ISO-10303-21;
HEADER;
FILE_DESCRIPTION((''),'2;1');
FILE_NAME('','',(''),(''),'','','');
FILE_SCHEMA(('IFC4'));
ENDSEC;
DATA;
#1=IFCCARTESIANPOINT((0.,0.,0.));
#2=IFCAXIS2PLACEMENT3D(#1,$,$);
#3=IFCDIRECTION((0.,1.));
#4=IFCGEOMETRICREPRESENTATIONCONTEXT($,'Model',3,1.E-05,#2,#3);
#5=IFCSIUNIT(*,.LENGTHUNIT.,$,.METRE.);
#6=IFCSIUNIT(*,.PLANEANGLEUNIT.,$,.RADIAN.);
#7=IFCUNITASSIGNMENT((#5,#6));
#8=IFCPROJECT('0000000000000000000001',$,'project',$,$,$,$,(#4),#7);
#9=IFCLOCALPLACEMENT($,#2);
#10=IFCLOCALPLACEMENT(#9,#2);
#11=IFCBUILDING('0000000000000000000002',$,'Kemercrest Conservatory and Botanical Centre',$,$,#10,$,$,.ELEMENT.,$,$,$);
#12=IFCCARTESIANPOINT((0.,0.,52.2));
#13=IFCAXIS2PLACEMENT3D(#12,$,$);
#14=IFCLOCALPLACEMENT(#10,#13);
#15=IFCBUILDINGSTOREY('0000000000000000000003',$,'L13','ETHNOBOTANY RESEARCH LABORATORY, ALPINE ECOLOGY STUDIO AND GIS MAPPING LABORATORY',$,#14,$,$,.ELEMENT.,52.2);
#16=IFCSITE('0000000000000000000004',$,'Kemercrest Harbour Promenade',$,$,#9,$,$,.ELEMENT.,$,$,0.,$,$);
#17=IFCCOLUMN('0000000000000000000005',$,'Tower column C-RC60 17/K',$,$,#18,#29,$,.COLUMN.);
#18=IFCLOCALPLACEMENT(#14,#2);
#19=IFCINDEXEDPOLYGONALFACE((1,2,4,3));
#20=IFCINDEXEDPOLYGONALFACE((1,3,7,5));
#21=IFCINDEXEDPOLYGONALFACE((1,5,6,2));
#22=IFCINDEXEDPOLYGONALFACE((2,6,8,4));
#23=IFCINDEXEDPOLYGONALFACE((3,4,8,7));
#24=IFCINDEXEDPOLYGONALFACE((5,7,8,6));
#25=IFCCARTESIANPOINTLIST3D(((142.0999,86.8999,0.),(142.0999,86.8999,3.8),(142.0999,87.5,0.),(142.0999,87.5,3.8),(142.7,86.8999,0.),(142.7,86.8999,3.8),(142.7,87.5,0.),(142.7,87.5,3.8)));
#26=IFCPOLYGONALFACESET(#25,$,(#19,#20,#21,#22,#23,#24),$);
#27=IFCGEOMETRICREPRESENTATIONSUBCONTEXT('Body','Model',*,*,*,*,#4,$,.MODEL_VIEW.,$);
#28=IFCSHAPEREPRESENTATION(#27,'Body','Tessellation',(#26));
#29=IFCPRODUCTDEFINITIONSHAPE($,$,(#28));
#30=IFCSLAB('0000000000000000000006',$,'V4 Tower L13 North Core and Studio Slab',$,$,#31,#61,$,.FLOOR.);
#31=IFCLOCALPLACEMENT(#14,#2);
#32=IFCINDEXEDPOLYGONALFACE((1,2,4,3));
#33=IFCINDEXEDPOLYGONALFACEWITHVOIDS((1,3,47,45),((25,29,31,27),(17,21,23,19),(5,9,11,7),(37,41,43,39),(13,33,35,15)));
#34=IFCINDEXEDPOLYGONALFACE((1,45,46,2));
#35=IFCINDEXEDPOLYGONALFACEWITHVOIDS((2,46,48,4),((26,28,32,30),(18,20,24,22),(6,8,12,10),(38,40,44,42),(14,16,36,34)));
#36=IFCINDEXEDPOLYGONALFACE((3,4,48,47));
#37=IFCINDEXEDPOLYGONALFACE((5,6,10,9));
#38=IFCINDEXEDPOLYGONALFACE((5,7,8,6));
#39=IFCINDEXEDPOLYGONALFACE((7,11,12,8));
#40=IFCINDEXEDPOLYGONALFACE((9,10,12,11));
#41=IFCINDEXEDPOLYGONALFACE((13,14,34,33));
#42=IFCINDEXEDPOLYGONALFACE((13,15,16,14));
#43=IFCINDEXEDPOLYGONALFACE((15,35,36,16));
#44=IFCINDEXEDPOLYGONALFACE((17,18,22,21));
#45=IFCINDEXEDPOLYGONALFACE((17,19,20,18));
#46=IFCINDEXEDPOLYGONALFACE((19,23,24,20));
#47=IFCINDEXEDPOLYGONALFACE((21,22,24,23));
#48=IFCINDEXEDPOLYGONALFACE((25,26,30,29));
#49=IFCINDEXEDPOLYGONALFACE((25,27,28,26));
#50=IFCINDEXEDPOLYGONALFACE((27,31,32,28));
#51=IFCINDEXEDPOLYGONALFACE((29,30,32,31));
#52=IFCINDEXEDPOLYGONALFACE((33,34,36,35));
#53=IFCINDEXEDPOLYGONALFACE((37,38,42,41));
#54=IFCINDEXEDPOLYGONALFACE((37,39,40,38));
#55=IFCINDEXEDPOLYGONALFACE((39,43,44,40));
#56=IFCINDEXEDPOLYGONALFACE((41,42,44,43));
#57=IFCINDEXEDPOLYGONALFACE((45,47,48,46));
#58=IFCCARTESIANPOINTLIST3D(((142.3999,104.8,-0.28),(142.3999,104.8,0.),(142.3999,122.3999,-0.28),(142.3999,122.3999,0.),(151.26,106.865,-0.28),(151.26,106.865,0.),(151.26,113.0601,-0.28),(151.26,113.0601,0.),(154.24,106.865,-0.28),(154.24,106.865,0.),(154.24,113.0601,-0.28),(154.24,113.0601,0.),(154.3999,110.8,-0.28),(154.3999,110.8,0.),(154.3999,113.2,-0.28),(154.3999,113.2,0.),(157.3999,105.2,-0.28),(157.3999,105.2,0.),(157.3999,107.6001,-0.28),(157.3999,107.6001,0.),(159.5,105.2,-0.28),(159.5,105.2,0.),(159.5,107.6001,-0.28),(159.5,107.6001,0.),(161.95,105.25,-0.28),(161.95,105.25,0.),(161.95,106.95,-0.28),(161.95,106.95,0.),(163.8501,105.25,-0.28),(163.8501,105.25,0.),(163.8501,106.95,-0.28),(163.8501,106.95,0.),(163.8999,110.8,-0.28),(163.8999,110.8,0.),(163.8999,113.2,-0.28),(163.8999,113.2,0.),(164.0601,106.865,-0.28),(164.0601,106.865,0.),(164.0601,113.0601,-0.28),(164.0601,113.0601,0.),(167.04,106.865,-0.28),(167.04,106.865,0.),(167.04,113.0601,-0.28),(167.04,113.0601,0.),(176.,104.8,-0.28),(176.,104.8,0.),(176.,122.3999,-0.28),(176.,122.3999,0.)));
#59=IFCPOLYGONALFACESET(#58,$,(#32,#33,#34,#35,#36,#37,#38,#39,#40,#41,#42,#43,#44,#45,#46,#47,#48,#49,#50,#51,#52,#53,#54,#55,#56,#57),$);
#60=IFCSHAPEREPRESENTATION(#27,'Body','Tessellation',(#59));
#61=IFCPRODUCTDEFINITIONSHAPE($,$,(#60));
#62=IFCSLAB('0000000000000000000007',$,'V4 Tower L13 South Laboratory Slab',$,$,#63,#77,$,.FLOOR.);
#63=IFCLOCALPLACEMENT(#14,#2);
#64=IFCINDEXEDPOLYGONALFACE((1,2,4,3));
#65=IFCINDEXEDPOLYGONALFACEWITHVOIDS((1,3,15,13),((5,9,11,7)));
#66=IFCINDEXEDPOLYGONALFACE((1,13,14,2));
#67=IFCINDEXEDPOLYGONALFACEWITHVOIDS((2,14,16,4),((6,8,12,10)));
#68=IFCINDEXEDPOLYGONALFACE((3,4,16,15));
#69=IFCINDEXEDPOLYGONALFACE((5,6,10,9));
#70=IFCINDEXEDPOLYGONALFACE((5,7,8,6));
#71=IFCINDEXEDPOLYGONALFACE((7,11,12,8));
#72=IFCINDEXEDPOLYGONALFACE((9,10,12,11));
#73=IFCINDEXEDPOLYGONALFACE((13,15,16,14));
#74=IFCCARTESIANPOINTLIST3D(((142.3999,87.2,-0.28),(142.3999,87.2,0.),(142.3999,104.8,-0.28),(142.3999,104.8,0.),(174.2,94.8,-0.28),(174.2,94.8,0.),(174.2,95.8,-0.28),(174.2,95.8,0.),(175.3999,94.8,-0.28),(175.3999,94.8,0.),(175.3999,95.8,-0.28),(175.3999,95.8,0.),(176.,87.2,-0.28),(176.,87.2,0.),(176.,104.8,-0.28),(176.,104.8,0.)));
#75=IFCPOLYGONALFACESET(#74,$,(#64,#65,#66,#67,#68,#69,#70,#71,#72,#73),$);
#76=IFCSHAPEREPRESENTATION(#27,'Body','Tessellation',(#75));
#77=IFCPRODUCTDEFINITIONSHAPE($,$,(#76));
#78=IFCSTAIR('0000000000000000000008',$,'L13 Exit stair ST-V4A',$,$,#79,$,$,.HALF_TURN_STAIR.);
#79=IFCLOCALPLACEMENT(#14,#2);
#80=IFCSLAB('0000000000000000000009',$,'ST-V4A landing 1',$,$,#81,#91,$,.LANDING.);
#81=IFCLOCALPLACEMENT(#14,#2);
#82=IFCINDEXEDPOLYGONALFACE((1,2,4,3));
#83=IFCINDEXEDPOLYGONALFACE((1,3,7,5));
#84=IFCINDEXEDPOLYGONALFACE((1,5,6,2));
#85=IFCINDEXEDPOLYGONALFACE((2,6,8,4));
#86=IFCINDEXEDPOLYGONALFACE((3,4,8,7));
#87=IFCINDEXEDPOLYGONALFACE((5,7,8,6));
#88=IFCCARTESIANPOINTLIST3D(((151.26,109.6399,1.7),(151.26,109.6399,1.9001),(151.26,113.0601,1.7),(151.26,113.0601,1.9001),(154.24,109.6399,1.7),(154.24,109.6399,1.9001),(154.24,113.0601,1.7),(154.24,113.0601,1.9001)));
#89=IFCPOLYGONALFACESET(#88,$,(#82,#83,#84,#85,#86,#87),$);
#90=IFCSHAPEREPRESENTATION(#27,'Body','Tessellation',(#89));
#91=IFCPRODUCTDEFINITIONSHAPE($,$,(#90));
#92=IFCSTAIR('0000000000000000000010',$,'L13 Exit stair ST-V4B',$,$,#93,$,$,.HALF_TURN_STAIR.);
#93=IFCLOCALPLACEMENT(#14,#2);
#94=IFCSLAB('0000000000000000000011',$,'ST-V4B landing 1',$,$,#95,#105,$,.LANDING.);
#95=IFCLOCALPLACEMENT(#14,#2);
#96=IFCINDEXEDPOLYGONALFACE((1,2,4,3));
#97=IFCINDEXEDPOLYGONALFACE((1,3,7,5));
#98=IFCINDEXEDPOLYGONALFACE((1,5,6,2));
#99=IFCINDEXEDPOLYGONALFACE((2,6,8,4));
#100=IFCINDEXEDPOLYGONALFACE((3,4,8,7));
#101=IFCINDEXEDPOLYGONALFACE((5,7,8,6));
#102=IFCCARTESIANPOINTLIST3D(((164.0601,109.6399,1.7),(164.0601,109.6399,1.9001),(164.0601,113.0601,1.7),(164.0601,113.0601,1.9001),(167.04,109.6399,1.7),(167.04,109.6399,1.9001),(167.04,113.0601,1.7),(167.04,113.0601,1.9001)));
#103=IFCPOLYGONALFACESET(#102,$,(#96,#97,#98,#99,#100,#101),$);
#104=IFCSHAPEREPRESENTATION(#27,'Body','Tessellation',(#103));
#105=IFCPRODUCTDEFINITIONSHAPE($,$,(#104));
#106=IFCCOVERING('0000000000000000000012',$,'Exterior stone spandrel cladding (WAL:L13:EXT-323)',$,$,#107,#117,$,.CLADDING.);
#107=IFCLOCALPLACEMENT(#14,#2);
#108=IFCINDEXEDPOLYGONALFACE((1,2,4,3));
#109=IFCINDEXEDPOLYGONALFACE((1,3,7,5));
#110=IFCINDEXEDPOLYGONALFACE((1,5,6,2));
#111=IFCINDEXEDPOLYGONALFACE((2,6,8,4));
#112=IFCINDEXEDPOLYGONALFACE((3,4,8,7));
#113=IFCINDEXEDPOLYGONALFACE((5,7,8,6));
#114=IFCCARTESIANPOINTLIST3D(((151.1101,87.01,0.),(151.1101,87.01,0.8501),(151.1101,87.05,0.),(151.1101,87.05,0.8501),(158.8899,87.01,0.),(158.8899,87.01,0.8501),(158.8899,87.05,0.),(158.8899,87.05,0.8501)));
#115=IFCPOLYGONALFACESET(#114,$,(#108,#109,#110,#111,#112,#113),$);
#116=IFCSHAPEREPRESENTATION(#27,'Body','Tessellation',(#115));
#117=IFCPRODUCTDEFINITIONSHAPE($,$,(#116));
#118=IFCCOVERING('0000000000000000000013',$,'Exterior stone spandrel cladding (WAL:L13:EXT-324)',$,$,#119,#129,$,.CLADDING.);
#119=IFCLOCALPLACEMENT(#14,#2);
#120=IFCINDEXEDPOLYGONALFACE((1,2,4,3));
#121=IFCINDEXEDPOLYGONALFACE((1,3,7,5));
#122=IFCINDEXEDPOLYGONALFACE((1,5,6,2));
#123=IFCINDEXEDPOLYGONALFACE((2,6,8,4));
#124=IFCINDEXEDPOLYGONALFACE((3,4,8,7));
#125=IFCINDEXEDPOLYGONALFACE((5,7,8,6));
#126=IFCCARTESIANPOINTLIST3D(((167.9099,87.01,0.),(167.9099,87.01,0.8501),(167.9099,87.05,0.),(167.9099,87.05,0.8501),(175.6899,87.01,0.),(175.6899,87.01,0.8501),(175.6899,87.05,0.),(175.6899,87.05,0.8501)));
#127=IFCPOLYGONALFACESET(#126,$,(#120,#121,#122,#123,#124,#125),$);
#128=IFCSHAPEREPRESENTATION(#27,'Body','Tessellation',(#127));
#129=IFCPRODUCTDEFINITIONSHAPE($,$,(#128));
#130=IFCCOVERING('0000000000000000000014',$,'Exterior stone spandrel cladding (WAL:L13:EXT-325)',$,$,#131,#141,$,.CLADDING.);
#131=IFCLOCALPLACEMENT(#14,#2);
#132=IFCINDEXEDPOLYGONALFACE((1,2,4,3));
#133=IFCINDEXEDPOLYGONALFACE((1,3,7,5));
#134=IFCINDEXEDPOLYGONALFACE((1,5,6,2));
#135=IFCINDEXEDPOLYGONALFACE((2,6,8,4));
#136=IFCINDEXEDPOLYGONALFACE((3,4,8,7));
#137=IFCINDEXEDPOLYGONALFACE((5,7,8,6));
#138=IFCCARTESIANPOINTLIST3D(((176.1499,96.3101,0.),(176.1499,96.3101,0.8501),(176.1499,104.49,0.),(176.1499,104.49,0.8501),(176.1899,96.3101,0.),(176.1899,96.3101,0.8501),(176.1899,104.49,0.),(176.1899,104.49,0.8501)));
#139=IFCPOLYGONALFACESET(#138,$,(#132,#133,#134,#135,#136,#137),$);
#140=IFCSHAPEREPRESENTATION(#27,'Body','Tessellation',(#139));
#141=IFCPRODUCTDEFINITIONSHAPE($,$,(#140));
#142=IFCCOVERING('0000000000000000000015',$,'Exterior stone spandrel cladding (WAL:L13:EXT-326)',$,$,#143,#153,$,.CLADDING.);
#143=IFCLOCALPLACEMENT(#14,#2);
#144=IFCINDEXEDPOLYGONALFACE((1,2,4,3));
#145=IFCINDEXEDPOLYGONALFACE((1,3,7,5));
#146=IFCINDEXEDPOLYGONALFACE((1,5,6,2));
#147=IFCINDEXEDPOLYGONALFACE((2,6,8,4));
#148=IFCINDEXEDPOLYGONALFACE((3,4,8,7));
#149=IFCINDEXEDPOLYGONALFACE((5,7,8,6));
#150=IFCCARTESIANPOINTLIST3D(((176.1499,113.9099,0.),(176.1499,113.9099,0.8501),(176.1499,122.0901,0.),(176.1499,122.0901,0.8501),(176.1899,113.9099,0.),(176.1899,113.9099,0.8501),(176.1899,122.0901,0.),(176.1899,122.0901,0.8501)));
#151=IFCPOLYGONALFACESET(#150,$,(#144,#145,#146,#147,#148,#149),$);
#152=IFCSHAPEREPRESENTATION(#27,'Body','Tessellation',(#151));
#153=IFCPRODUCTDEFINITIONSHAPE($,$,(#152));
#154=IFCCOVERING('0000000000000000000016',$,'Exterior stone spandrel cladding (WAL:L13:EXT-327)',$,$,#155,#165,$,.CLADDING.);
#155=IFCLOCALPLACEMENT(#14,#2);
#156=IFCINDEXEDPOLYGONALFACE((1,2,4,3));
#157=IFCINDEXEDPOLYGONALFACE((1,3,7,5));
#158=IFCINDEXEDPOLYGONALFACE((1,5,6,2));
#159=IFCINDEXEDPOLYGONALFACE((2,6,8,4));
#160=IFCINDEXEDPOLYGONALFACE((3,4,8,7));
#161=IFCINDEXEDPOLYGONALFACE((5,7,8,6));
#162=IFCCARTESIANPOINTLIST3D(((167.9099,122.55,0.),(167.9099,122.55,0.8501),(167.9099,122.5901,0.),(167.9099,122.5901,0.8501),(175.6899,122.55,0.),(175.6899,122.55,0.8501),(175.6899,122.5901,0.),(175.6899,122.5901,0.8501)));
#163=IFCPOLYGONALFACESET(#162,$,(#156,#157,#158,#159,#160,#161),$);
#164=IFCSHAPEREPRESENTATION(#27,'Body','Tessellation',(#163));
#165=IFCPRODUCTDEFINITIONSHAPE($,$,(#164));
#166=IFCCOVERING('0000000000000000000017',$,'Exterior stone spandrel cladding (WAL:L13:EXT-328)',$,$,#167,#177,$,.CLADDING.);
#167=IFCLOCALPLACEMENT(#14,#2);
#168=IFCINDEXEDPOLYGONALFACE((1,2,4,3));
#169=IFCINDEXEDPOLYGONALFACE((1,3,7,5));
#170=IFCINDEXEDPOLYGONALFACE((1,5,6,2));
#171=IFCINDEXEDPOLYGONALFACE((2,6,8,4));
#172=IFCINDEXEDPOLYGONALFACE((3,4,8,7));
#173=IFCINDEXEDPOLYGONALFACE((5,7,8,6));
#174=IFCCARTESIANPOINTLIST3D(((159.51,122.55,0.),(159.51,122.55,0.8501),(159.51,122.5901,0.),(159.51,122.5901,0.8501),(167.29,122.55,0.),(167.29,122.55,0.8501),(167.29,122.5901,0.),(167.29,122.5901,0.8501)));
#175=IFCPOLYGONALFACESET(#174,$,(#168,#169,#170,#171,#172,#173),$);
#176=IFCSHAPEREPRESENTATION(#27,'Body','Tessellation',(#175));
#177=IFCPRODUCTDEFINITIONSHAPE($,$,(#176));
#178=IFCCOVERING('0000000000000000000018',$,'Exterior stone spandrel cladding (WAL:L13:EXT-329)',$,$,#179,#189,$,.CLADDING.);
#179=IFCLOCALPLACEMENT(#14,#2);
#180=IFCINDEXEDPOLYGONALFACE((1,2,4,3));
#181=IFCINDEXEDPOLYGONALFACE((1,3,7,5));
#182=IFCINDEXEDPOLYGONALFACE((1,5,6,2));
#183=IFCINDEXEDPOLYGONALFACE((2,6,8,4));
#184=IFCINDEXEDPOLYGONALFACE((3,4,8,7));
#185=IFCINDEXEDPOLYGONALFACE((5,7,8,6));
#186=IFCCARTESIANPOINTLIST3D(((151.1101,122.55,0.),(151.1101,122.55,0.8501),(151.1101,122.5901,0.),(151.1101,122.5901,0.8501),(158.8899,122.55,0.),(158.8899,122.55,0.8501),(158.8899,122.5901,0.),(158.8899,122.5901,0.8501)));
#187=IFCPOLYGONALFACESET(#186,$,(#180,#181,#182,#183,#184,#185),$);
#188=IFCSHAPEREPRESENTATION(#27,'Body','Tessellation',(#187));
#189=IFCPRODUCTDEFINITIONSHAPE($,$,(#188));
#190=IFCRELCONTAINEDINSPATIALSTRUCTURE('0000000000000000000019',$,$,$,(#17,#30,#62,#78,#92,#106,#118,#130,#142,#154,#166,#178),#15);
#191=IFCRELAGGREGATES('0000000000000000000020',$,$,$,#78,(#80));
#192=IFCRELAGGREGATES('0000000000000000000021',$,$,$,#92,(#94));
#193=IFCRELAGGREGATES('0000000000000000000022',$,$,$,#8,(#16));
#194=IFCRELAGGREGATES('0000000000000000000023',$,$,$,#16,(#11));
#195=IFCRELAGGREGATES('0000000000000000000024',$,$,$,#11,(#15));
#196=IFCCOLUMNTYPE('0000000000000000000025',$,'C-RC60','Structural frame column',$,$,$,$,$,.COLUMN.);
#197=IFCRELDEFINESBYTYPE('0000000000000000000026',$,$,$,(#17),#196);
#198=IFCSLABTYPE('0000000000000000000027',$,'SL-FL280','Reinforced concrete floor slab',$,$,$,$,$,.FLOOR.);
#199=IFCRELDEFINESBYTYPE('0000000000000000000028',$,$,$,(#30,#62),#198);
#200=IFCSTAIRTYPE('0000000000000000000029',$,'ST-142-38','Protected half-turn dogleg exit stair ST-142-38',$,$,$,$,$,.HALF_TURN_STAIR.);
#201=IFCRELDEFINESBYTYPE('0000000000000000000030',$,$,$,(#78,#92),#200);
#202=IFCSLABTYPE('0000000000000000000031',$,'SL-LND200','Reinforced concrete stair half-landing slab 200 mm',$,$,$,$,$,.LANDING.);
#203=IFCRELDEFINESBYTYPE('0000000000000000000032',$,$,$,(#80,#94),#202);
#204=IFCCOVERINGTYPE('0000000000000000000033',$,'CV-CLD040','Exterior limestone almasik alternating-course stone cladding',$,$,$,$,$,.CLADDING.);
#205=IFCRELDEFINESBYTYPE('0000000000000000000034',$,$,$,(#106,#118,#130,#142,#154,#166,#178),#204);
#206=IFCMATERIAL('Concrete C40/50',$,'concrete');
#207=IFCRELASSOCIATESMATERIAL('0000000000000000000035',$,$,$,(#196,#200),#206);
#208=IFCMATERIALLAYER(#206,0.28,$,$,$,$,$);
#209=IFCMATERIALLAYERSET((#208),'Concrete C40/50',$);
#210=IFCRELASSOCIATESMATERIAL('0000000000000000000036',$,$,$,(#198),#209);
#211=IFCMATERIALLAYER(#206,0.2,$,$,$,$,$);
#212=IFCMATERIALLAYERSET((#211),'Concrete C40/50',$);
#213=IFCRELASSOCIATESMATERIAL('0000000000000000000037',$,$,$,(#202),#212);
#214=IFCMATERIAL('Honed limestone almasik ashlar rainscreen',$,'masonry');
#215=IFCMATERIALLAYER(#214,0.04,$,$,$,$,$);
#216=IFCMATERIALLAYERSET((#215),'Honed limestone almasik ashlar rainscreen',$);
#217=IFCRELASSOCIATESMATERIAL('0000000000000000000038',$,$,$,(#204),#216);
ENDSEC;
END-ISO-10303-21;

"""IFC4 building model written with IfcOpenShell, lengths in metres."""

from ifc_helpers import new_model, si_unit, direction, frame, origin, origin_2d, place, context, subcontext, project, spatial, polyline, rectangle, outline, extrude, material, layer, layer_set, material_profile, profile_set, type_object, element, aggregate, save


model = new_model("IFC4")

# Units and contexts
model_context = context("Model", 3, precision=1e-05, world=origin(), true_north=direction((0.0, 1.0)))
body_context = subcontext(model_context, "Body", "Model", "MODEL_VIEW")
ifc_project = project(units=[si_unit("LENGTHUNIT", "METRE"), si_unit("PLANEANGLEUNIT", "RADIAN")], contexts=[model_context])

# Site, building, storey
site_placement = place(None, origin())
site = spatial("IfcSite", under=ifc_project, at=site_placement, Name="Kemercrest Harbour Promenade", CompositionType="ELEMENT", RefElevation=0.0)
building_placement = place(site_placement, origin())
building = spatial("IfcBuilding", under=site, at=building_placement, Name="Kemercrest Conservatory and Botanical Centre", CompositionType="ELEMENT")
storey_placement = place(building_placement, frame((0.0, 0.0, 52.2)))
storey = spatial("IfcBuildingStorey", under=building, at=storey_placement, Name="L13", Description="ETHNOBOTANY RESEARCH LABORATORY, ALPINE ECOLOGY STUDIO AND GIS MAPPING LABORATORY", CompositionType="ELEMENT", Elevation=52.2)

# Column
ifc_material_1 = material(Name="Concrete C40/50", Category="concrete")
ifc_material_profile = material_profile(ifc_material_1, rectangle(XDim=0.6001, YDim=0.6001, at=origin_2d()), Name="RC 600x600")
ifc_profile_set = profile_set([ifc_material_profile], Name="Concrete C40/50")
column_type = type_object("IfcColumnType", Name="C-RC60", Description="Structural frame column", PredefinedType="COLUMN", material=ifc_profile_set)
column_placement = place(storey_placement, frame((142.3999, 87.2, 0.0), z_axis=(0.0, 0.0, 1.0), x_axis=(1.0, 0.0, 0.0)))
element("IfcColumn", 1, at=column_placement, inside=storey, type_object=column_type, Name="Tower column C-RC60 17/K", PredefinedType="COLUMN", context=body_context, shape_type="SweptSolid", body=[
    extrude(rectangle(XDim=0.6001, YDim=0.6001, at=origin_2d()), origin(), (0.0, 0.0, 1.0), 3.8),
])

# Slabs
ifc_layer_1 = layer(ifc_material_1, 0.28)
ifc_layer_set_1 = layer_set([ifc_layer_1], Name="Concrete C40/50")
slab_type_1 = type_object("IfcSlabType", Name="SL-FL280", Description="Reinforced concrete floor slab", PredefinedType="FLOOR", material=ifc_layer_set_1)
slab_1_placement = place(storey_placement, frame((0.0, 0.0, -0.28)))
element("IfcSlab", 2, at=slab_1_placement, inside=storey, type_object=slab_type_1, Name="V4 Tower L13 North Core and Studio Slab", PredefinedType="FLOOR", context=body_context, shape_type="SweptSolid", body=[
    extrude(outline(polyline([(142.3999, 122.3999), (142.3999, 104.8), (176.0, 104.8), (176.0, 122.3999), (142.3999, 122.3999)]), holes=[polyline([(164.0601, 106.865), (164.0601, 113.0601), (167.04, 113.0601), (167.04, 106.865), (164.0601, 106.865)]), polyline([(154.3999, 110.8), (154.3999, 113.2), (163.8999, 113.2), (163.8999, 110.8), (154.3999, 110.8)]), polyline([(161.95, 105.25), (161.95, 106.95), (163.8501, 106.95), (163.8501, 105.25), (161.95, 105.25)]), polyline([(157.3999, 105.2), (157.3999, 107.6001), (159.5, 107.6001), (159.5, 105.2), (157.3999, 105.2)]), polyline([(154.24, 106.865), (151.26, 106.865), (151.26, 113.0601), (154.24, 113.0601), (154.24, 106.865)])]), origin(), (0.0, 0.0, 1.0), 0.28),
])
slab_2_placement = place(storey_placement, frame((0.0, 0.0, -0.28)))
element("IfcSlab", 3, at=slab_2_placement, inside=storey, type_object=slab_type_1, Name="V4 Tower L13 South Laboratory Slab", PredefinedType="FLOOR", context=body_context, shape_type="SweptSolid", body=[
    extrude(outline(polyline([(142.3999, 104.8), (142.3999, 87.2), (176.0, 87.2), (176.0, 104.8), (142.3999, 104.8)]), holes=[polyline([(175.3999, 94.8), (174.2, 94.8), (174.2, 95.8), (175.3999, 95.8), (175.3999, 94.8)])]), origin(), (0.0, 0.0, 1.0), 0.28),
])

# Stairs, slabs
stair_type = type_object("IfcStairType", Name="ST-142-38", Description="Protected half-turn dogleg exit stair ST-142-38", PredefinedType="HALF_TURN_STAIR", material=ifc_material_1)
stair_1_placement = place(storey_placement, origin())
stair_1 = element("IfcStair", 4, at=stair_1_placement, inside=storey, type_object=stair_type, Name="L13 Exit stair ST-V4A", PredefinedType="HALF_TURN_STAIR")
ifc_layer_2 = layer(ifc_material_1, 0.2)
ifc_layer_set_2 = layer_set([ifc_layer_2], Name="Concrete C40/50")
slab_type_2 = type_object("IfcSlabType", Name="SL-LND200", Description="Reinforced concrete stair half-landing slab 200 mm", PredefinedType="LANDING", material=ifc_layer_set_2)
slab_3_placement = place(storey_placement, frame((0.0, 0.0, 1.7)))
slab_3 = element("IfcSlab", 5, at=slab_3_placement, type_object=slab_type_2, Name="ST-V4A landing 1", PredefinedType="LANDING", context=body_context, shape_type="SweptSolid", body=[
    extrude(outline(polyline([(154.24, 109.6399), (154.24, 113.0601), (151.26, 113.0601), (151.26, 109.6399), (154.24, 109.6399)])), origin(), (0.0, 0.0, 1.0), 0.2002),
])
aggregate(stair_1, [slab_3])
stair_2_placement = place(storey_placement, origin())
stair_2 = element("IfcStair", 6, at=stair_2_placement, inside=storey, type_object=stair_type, Name="L13 Exit stair ST-V4B", PredefinedType="HALF_TURN_STAIR")
slab_4_placement = place(storey_placement, frame((0.0, 0.0, 1.7)))
slab_4 = element("IfcSlab", 7, at=slab_4_placement, type_object=slab_type_2, Name="ST-V4B landing 1", PredefinedType="LANDING", context=body_context, shape_type="SweptSolid", body=[
    extrude(outline(polyline([(167.04, 109.6399), (167.04, 113.0601), (164.0601, 113.0601), (164.0601, 109.6399), (167.04, 109.6399)])), origin(), (0.0, 0.0, 1.0), 0.2002),
])
aggregate(stair_2, [slab_4])

# Coverings
ifc_material_2 = material(Name="Honed limestone almasik ashlar rainscreen", Category="masonry")
ifc_layer_3 = layer(ifc_material_2, 0.04)
ifc_layer_set_3 = layer_set([ifc_layer_3], Name="Honed limestone almasik ashlar rainscreen")
covering_type_1 = type_object("IfcCoveringType", Name="CV-CLD040", Description="Exterior limestone almasik alternating-course stone cladding", PredefinedType="CLADDING", material=ifc_layer_set_3)
covering_1_placement = place(storey_placement, origin())
element("IfcCovering", 8, at=covering_1_placement, inside=storey, type_object=covering_type_1, Name="Exterior stone spandrel cladding (WAL:L13:EXT-323)", PredefinedType="CLADDING", context=body_context, shape_type="SweptSolid", body=[
    extrude(outline(polyline([(151.1101, 87.05), (151.1101, 87.01), (158.8899, 87.01), (158.8899, 87.05), (151.1101, 87.05)])), origin(), (0.0, 0.0, 1.0), 0.8501),
])
covering_2_placement = place(storey_placement, origin())
element("IfcCovering", 9, at=covering_2_placement, inside=storey, type_object=covering_type_1, Name="Exterior stone spandrel cladding (WAL:L13:EXT-324)", PredefinedType="CLADDING", context=body_context, shape_type="SweptSolid", body=[
    extrude(outline(polyline([(167.9099, 87.05), (167.9099, 87.01), (175.6899, 87.01), (175.6899, 87.05), (167.9099, 87.05)])), origin(), (0.0, 0.0, 1.0), 0.8501),
])
covering_3_placement = place(storey_placement, origin())
element("IfcCovering", 10, at=covering_3_placement, inside=storey, type_object=covering_type_1, Name="Exterior stone spandrel cladding (WAL:L13:EXT-325)", PredefinedType="CLADDING", context=body_context, shape_type="SweptSolid", body=[
    extrude(outline(polyline([(176.1499, 96.3101), (176.1899, 96.3101), (176.1899, 104.49), (176.1499, 104.49), (176.1499, 96.3101)])), origin(), (0.0, 0.0, 1.0), 0.8501),
])
covering_4_placement = place(storey_placement, origin())
element("IfcCovering", 11, at=covering_4_placement, inside=storey, type_object=covering_type_1, Name="Exterior stone spandrel cladding (WAL:L13:EXT-326)", PredefinedType="CLADDING", context=body_context, shape_type="SweptSolid", body=[
    extrude(outline(polyline([(176.1499, 113.9099), (176.1899, 113.9099), (176.1899, 122.0901), (176.1499, 122.0901), (176.1499, 113.9099)])), origin(), (0.0, 0.0, 1.0), 0.8501),
])
covering_5_placement = place(storey_placement, origin())
element("IfcCovering", 12, at=covering_5_placement, inside=storey, type_object=covering_type_1, Name="Exterior stone spandrel cladding (WAL:L13:EXT-327)", PredefinedType="CLADDING", context=body_context, shape_type="SweptSolid", body=[
    extrude(outline(polyline([(175.6899, 122.55), (175.6899, 122.5901), (167.9099, 122.5901), (167.9099, 122.55), (175.6899, 122.55)])), origin(), (0.0, 0.0, 1.0), 0.8501),
])
covering_6_placement = place(storey_placement, origin())
element("IfcCovering", 13, at=covering_6_placement, inside=storey, type_object=covering_type_1, Name="Exterior stone spandrel cladding (WAL:L13:EXT-328)", PredefinedType="CLADDING", context=body_context, shape_type="SweptSolid", body=[
    extrude(outline(polyline([(167.29, 122.55), (167.29, 122.5901), (159.51, 122.5901), (159.51, 122.55), (167.29, 122.55)])), origin(), (0.0, 0.0, 1.0), 0.8501),
])
covering_7_placement = place(storey_placement, origin())
element("IfcCovering", 14, at=covering_7_placement, inside=storey, type_object=covering_type_1, Name="Exterior stone spandrel cladding (WAL:L13:EXT-329)", PredefinedType="CLADDING", context=body_context, shape_type="SweptSolid", body=[
    extrude(outline(polyline([(158.8899, 122.55), (158.8899, 122.5901), (151.1101, 122.5901), (151.1101, 122.55), (158.8899, 122.55)])), origin(), (0.0, 0.0, 1.0), 0.8501),
])

save(model, "model.ifc")
